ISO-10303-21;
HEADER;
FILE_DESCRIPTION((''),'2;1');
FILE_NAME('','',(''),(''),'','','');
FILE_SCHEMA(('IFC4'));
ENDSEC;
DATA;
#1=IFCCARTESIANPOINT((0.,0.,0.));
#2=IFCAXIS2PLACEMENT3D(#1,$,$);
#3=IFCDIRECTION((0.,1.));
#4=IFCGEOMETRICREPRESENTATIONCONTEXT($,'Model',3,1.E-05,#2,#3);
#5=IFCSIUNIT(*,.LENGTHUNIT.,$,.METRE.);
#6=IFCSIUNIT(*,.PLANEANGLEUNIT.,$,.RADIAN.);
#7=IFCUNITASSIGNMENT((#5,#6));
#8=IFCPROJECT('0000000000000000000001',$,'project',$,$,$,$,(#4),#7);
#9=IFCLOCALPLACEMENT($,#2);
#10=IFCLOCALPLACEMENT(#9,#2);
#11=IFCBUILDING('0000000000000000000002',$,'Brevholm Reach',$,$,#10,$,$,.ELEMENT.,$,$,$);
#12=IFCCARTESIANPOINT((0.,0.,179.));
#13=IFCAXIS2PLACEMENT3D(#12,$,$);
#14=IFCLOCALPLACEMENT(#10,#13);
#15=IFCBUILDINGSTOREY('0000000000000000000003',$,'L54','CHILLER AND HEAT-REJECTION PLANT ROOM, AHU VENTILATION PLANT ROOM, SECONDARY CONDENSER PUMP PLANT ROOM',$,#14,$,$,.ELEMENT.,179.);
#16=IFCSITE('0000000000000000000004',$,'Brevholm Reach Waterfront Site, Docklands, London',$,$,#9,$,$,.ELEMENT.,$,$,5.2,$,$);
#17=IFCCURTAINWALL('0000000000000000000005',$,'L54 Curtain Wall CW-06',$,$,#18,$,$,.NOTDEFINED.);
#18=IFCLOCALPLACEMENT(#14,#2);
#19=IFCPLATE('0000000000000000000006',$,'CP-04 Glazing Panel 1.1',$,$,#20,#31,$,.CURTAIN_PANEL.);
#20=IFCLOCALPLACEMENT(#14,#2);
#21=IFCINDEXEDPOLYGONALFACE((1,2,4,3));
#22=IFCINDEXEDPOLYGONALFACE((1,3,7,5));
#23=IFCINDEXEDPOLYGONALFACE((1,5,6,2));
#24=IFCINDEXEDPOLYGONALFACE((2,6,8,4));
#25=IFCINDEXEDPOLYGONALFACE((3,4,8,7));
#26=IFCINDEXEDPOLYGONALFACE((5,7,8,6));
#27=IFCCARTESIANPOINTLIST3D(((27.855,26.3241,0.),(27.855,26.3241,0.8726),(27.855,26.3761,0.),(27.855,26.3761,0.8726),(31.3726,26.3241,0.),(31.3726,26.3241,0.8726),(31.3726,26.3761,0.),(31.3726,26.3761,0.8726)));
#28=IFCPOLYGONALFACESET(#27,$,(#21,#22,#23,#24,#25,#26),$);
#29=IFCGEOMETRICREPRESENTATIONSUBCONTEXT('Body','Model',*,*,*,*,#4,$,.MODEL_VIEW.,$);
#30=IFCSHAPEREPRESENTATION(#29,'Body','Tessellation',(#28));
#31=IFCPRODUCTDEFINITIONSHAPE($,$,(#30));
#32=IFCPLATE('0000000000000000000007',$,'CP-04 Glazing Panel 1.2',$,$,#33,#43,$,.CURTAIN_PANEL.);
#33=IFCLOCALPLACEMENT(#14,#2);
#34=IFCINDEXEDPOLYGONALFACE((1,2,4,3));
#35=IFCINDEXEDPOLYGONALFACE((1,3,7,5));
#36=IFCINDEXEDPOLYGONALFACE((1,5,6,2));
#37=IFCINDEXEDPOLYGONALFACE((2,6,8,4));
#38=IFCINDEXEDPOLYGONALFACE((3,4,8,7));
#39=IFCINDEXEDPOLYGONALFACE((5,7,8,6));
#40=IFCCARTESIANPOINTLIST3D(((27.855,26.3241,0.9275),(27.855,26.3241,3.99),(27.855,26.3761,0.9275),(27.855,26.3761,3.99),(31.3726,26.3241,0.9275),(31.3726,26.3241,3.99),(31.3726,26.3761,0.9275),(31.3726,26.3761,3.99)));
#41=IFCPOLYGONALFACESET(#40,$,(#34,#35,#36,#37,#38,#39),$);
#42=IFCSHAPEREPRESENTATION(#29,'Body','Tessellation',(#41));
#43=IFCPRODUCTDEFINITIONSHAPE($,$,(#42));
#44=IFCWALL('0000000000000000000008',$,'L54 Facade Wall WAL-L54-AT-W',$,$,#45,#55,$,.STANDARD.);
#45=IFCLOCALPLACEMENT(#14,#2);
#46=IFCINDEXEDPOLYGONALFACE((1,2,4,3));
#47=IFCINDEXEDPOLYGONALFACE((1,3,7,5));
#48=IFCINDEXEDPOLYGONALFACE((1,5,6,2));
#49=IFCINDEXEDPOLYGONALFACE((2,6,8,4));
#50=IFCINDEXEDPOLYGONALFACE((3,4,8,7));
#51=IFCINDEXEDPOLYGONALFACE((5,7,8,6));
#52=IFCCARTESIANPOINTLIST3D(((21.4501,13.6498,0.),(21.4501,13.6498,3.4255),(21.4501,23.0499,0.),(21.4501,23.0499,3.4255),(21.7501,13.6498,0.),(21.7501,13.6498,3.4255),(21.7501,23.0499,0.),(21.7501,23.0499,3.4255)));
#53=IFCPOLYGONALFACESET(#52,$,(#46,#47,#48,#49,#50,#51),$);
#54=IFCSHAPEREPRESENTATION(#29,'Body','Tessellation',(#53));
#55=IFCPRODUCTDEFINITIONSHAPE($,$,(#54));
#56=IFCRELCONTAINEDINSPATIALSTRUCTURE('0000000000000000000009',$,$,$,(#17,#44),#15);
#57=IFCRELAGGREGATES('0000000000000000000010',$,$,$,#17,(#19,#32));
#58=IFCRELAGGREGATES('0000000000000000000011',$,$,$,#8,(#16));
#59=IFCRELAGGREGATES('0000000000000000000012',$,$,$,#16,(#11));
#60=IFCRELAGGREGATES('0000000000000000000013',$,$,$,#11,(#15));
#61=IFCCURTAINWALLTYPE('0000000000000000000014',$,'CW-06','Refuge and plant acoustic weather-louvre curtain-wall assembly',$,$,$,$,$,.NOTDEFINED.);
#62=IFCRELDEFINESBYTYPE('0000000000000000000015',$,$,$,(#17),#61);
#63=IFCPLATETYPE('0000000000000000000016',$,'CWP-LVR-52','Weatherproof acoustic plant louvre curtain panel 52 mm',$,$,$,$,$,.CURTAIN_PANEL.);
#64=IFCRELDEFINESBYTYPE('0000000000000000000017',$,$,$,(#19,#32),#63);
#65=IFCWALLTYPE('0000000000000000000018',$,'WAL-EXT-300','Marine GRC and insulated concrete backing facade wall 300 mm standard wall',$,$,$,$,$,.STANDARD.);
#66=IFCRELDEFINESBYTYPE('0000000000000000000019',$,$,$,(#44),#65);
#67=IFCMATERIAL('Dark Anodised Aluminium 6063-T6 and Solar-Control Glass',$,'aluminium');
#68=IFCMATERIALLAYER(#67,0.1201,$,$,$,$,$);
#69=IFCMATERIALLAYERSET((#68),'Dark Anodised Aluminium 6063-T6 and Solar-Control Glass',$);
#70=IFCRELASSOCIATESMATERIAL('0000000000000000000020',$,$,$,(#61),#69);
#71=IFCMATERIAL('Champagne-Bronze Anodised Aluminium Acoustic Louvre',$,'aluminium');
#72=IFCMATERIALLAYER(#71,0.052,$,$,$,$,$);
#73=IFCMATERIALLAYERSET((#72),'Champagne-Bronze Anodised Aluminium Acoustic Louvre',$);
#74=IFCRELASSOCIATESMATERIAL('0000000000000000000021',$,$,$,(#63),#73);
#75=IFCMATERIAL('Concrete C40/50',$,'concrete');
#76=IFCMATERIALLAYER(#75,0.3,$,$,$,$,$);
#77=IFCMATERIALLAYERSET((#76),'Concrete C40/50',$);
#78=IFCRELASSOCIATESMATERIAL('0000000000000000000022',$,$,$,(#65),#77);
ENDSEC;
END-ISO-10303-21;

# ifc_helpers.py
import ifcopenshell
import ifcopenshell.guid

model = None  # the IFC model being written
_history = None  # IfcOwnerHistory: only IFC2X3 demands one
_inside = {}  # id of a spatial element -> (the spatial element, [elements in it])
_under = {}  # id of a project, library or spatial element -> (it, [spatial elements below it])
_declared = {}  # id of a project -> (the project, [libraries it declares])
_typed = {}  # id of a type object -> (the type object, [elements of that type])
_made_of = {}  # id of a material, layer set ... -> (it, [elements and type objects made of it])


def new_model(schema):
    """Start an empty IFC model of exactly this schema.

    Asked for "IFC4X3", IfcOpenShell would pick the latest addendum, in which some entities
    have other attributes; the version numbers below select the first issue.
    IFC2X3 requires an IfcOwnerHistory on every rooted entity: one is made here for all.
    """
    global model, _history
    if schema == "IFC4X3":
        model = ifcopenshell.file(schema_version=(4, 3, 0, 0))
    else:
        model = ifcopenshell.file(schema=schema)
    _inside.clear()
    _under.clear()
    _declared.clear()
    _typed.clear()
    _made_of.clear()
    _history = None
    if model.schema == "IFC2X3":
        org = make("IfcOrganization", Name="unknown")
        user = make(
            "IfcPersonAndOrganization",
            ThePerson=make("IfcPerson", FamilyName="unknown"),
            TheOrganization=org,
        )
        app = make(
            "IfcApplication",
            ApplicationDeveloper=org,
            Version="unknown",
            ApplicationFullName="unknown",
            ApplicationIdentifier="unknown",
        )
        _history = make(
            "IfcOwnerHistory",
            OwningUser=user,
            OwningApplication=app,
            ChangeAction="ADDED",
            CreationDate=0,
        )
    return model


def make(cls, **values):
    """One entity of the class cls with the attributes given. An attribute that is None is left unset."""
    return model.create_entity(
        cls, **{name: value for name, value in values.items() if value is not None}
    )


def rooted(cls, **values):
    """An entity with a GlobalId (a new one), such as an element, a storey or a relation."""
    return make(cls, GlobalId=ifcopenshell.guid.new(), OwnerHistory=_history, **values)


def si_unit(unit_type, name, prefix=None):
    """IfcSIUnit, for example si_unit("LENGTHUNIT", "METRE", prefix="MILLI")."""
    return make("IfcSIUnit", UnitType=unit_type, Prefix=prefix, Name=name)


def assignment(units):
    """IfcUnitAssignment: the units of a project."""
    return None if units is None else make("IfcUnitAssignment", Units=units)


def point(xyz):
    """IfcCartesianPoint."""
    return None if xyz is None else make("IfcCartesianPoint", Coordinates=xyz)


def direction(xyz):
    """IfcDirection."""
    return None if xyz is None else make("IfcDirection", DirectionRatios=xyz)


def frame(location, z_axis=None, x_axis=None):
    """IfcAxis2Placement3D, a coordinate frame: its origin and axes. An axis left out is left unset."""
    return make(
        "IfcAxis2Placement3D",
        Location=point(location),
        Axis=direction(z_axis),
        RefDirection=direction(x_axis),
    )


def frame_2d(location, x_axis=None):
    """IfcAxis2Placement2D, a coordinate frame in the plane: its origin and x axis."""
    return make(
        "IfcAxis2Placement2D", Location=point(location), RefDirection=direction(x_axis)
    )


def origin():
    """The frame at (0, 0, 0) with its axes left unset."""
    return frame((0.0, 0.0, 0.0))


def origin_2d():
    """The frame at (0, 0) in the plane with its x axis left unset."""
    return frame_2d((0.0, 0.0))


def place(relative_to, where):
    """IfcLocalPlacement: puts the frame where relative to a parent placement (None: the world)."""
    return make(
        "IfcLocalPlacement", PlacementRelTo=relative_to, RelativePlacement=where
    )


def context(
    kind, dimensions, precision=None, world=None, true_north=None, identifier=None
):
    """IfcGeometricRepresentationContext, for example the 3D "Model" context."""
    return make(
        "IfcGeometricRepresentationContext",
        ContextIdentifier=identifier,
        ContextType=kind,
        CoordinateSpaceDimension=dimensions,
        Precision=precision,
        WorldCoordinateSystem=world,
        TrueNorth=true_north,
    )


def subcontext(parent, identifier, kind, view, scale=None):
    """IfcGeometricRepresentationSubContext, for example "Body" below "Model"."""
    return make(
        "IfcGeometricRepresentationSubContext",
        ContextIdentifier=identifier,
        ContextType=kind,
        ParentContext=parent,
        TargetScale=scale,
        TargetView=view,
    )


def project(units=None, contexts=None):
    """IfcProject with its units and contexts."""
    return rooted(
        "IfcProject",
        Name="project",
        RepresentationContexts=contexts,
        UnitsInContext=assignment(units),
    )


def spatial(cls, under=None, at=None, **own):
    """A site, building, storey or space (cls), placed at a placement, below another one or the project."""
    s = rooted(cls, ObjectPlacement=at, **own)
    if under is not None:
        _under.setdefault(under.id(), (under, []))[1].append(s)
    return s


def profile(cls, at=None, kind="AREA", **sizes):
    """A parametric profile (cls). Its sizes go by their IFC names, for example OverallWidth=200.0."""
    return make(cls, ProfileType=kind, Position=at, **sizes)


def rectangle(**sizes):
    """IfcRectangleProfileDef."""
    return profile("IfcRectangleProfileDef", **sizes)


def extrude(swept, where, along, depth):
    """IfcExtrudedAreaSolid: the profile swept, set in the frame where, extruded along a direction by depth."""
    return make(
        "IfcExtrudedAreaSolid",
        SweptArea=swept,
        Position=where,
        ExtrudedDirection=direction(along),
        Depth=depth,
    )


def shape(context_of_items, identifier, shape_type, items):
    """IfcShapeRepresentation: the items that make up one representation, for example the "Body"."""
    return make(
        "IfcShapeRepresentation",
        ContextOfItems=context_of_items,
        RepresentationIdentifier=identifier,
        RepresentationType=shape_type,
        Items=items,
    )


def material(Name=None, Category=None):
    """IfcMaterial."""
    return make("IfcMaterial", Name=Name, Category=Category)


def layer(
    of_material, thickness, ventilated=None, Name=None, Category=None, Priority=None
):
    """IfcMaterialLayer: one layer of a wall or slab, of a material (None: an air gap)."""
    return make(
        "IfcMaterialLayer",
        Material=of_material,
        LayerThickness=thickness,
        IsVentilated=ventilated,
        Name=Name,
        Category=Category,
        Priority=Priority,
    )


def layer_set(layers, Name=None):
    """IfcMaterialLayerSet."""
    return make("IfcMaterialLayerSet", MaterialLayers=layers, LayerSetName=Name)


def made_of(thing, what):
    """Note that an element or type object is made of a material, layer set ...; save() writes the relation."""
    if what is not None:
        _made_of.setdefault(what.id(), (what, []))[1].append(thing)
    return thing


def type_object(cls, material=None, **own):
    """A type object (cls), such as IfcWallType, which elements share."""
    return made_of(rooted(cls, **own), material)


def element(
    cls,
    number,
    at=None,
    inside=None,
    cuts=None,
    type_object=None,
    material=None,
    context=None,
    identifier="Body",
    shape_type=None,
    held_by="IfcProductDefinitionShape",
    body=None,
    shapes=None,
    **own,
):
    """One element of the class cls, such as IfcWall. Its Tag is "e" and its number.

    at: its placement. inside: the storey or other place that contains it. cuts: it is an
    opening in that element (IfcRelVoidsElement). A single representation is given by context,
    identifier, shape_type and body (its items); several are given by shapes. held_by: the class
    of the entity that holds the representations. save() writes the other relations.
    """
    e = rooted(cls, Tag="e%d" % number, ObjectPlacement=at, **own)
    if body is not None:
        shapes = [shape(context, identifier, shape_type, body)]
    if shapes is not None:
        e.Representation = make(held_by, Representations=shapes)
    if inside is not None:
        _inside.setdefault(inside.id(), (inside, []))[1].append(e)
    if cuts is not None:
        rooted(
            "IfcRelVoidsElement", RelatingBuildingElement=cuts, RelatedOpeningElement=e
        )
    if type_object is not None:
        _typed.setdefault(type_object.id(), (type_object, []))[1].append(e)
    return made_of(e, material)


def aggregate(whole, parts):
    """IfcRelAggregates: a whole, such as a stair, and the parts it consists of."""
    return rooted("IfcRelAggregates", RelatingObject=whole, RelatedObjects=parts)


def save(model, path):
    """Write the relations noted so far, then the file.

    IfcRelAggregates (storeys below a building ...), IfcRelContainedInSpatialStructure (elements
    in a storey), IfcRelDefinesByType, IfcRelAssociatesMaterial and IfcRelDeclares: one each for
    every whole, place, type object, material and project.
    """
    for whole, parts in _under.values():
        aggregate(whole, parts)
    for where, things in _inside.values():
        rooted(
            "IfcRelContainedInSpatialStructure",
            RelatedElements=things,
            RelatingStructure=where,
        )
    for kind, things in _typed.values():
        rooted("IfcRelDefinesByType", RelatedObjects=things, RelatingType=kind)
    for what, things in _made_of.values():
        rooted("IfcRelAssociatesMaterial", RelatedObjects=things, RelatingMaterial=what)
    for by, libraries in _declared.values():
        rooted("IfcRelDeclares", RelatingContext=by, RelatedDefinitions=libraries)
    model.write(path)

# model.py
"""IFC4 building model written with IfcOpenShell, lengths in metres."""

from ifc_helpers import new_model, si_unit, direction, frame, frame_2d, origin, origin_2d, place, context, subcontext, project, spatial, rectangle, extrude, material, layer, layer_set, type_object, element, aggregate, save


model = new_model("IFC4")

# Units and contexts
model_context = context("Model", 3, precision=1e-05, world=origin(), true_north=direction((0.0, 1.0)))
body_context = subcontext(model_context, "Body", "Model", "MODEL_VIEW")
ifc_project = project(units=[si_unit("LENGTHUNIT", "METRE"), si_unit("PLANEANGLEUNIT", "RADIAN")], contexts=[model_context])

# Site, building, storey
site_placement = place(None, origin())
site = spatial("IfcSite", under=ifc_project, at=site_placement, Name="Brevholm Reach Waterfront Site, Docklands, London", CompositionType="ELEMENT", RefElevation=5.2)
building_placement = place(site_placement, origin())
building = spatial("IfcBuilding", under=site, at=building_placement, Name="Brevholm Reach", CompositionType="ELEMENT")
storey_placement = place(building_placement, frame((0.0, 0.0, 179.0)))
storey = spatial("IfcBuildingStorey", under=building, at=storey_placement, Name="L54", Description="CHILLER AND HEAT-REJECTION PLANT ROOM, AHU VENTILATION PLANT ROOM, SECONDARY CONDENSER PUMP PLANT ROOM", CompositionType="ELEMENT", Elevation=179.0)

# Curtain wall
ifc_material_1 = material(Name="Dark Anodised Aluminium 6063-T6 and Solar-Control Glass", Category="aluminium")
ifc_layer_1 = layer(ifc_material_1, 0.1201)
ifc_layer_set_1 = layer_set([ifc_layer_1], Name="Dark Anodised Aluminium 6063-T6 and Solar-Control Glass")
curtain_wall_type_1 = type_object("IfcCurtainWallType", Name="CW-06", Description="Refuge and plant acoustic weather-louvre curtain-wall assembly", PredefinedType="NOTDEFINED", material=ifc_layer_set_1)
curtain_wall_1_placement = place(storey_placement, origin())
curtain_wall_1 = element("IfcCurtainWall", 1, at=curtain_wall_1_placement, inside=storey, type_object=curtain_wall_type_1, Name="L54 Curtain Wall CW-06", PredefinedType="NOTDEFINED")

# Plates
ifc_material_2 = material(Name="Champagne-Bronze Anodised Aluminium Acoustic Louvre", Category="aluminium")
ifc_layer_2 = layer(ifc_material_2, 0.052)
ifc_layer_set_2 = layer_set([ifc_layer_2], Name="Champagne-Bronze Anodised Aluminium Acoustic Louvre")
plate_type_1 = type_object("IfcPlateType", Name="CWP-LVR-52", Description="Weatherproof acoustic plant louvre curtain panel 52 mm", PredefinedType="CURTAIN_PANEL", material=ifc_layer_set_2)
plate_1_placement = place(storey_placement, frame((29.6138, 26.3501, 0.0), z_axis=(0.0, 0.0, 1.0), x_axis=(1.0, 0.0, 0.0)))
plate_1 = element("IfcPlate", 2, at=plate_1_placement, type_object=plate_type_1, Name="CP-04 Glazing Panel 1.1", PredefinedType="CURTAIN_PANEL", context=body_context, shape_type="SweptSolid", body=[
    extrude(rectangle(XDim=3.5176, YDim=0.052, at=origin_2d()), origin(), (0.0, 0.0, 1.0), 0.8726),
])
plate_2_placement = place(storey_placement, frame((29.6138, 26.3501, 0.9275), z_axis=(0.0, 0.0, 1.0), x_axis=(1.0, 0.0, 0.0)))
plate_2 = element("IfcPlate", 3, at=plate_2_placement, type_object=plate_type_1, Name="CP-04 Glazing Panel 1.2", PredefinedType="CURTAIN_PANEL", context=body_context, shape_type="SweptSolid", body=[
    extrude(rectangle(XDim=3.5176, YDim=0.052, at=origin_2d()), origin(), (0.0, 0.0, 1.0), 3.0625),
])
aggregate(curtain_wall_1, [plate_1, plate_2])

# Wall
ifc_material_3 = material(Name="Concrete C40/50", Category="concrete")
ifc_layer_3 = layer(ifc_material_3, 0.3)
ifc_layer_set_3 = layer_set([ifc_layer_3], Name="Concrete C40/50")
wall_type = type_object("IfcWallType", Name="WAL-EXT-300", Description="Marine GRC and insulated concrete backing facade wall 300 mm standard wall", PredefinedType="STANDARD", material=ifc_layer_set_3)
wall_placement = place(storey_placement, frame((21.6001, 23.05, 0.0), z_axis=(0.0, 0.0, 1.0), x_axis=(0.0, -1.0, 0.0)))
element("IfcWall", 4, at=wall_placement, inside=storey, type_object=wall_type, Name="L54 Facade Wall WAL-L54-AT-W", PredefinedType="STANDARD", context=body_context, shape_type="SweptSolid", body=[
    extrude(rectangle(XDim=9.4001, YDim=0.3, at=frame_2d((4.7002, 0.0))), origin(), (0.0, 0.0, 1.0), 3.4255),
])

save(model, "model.ifc")
